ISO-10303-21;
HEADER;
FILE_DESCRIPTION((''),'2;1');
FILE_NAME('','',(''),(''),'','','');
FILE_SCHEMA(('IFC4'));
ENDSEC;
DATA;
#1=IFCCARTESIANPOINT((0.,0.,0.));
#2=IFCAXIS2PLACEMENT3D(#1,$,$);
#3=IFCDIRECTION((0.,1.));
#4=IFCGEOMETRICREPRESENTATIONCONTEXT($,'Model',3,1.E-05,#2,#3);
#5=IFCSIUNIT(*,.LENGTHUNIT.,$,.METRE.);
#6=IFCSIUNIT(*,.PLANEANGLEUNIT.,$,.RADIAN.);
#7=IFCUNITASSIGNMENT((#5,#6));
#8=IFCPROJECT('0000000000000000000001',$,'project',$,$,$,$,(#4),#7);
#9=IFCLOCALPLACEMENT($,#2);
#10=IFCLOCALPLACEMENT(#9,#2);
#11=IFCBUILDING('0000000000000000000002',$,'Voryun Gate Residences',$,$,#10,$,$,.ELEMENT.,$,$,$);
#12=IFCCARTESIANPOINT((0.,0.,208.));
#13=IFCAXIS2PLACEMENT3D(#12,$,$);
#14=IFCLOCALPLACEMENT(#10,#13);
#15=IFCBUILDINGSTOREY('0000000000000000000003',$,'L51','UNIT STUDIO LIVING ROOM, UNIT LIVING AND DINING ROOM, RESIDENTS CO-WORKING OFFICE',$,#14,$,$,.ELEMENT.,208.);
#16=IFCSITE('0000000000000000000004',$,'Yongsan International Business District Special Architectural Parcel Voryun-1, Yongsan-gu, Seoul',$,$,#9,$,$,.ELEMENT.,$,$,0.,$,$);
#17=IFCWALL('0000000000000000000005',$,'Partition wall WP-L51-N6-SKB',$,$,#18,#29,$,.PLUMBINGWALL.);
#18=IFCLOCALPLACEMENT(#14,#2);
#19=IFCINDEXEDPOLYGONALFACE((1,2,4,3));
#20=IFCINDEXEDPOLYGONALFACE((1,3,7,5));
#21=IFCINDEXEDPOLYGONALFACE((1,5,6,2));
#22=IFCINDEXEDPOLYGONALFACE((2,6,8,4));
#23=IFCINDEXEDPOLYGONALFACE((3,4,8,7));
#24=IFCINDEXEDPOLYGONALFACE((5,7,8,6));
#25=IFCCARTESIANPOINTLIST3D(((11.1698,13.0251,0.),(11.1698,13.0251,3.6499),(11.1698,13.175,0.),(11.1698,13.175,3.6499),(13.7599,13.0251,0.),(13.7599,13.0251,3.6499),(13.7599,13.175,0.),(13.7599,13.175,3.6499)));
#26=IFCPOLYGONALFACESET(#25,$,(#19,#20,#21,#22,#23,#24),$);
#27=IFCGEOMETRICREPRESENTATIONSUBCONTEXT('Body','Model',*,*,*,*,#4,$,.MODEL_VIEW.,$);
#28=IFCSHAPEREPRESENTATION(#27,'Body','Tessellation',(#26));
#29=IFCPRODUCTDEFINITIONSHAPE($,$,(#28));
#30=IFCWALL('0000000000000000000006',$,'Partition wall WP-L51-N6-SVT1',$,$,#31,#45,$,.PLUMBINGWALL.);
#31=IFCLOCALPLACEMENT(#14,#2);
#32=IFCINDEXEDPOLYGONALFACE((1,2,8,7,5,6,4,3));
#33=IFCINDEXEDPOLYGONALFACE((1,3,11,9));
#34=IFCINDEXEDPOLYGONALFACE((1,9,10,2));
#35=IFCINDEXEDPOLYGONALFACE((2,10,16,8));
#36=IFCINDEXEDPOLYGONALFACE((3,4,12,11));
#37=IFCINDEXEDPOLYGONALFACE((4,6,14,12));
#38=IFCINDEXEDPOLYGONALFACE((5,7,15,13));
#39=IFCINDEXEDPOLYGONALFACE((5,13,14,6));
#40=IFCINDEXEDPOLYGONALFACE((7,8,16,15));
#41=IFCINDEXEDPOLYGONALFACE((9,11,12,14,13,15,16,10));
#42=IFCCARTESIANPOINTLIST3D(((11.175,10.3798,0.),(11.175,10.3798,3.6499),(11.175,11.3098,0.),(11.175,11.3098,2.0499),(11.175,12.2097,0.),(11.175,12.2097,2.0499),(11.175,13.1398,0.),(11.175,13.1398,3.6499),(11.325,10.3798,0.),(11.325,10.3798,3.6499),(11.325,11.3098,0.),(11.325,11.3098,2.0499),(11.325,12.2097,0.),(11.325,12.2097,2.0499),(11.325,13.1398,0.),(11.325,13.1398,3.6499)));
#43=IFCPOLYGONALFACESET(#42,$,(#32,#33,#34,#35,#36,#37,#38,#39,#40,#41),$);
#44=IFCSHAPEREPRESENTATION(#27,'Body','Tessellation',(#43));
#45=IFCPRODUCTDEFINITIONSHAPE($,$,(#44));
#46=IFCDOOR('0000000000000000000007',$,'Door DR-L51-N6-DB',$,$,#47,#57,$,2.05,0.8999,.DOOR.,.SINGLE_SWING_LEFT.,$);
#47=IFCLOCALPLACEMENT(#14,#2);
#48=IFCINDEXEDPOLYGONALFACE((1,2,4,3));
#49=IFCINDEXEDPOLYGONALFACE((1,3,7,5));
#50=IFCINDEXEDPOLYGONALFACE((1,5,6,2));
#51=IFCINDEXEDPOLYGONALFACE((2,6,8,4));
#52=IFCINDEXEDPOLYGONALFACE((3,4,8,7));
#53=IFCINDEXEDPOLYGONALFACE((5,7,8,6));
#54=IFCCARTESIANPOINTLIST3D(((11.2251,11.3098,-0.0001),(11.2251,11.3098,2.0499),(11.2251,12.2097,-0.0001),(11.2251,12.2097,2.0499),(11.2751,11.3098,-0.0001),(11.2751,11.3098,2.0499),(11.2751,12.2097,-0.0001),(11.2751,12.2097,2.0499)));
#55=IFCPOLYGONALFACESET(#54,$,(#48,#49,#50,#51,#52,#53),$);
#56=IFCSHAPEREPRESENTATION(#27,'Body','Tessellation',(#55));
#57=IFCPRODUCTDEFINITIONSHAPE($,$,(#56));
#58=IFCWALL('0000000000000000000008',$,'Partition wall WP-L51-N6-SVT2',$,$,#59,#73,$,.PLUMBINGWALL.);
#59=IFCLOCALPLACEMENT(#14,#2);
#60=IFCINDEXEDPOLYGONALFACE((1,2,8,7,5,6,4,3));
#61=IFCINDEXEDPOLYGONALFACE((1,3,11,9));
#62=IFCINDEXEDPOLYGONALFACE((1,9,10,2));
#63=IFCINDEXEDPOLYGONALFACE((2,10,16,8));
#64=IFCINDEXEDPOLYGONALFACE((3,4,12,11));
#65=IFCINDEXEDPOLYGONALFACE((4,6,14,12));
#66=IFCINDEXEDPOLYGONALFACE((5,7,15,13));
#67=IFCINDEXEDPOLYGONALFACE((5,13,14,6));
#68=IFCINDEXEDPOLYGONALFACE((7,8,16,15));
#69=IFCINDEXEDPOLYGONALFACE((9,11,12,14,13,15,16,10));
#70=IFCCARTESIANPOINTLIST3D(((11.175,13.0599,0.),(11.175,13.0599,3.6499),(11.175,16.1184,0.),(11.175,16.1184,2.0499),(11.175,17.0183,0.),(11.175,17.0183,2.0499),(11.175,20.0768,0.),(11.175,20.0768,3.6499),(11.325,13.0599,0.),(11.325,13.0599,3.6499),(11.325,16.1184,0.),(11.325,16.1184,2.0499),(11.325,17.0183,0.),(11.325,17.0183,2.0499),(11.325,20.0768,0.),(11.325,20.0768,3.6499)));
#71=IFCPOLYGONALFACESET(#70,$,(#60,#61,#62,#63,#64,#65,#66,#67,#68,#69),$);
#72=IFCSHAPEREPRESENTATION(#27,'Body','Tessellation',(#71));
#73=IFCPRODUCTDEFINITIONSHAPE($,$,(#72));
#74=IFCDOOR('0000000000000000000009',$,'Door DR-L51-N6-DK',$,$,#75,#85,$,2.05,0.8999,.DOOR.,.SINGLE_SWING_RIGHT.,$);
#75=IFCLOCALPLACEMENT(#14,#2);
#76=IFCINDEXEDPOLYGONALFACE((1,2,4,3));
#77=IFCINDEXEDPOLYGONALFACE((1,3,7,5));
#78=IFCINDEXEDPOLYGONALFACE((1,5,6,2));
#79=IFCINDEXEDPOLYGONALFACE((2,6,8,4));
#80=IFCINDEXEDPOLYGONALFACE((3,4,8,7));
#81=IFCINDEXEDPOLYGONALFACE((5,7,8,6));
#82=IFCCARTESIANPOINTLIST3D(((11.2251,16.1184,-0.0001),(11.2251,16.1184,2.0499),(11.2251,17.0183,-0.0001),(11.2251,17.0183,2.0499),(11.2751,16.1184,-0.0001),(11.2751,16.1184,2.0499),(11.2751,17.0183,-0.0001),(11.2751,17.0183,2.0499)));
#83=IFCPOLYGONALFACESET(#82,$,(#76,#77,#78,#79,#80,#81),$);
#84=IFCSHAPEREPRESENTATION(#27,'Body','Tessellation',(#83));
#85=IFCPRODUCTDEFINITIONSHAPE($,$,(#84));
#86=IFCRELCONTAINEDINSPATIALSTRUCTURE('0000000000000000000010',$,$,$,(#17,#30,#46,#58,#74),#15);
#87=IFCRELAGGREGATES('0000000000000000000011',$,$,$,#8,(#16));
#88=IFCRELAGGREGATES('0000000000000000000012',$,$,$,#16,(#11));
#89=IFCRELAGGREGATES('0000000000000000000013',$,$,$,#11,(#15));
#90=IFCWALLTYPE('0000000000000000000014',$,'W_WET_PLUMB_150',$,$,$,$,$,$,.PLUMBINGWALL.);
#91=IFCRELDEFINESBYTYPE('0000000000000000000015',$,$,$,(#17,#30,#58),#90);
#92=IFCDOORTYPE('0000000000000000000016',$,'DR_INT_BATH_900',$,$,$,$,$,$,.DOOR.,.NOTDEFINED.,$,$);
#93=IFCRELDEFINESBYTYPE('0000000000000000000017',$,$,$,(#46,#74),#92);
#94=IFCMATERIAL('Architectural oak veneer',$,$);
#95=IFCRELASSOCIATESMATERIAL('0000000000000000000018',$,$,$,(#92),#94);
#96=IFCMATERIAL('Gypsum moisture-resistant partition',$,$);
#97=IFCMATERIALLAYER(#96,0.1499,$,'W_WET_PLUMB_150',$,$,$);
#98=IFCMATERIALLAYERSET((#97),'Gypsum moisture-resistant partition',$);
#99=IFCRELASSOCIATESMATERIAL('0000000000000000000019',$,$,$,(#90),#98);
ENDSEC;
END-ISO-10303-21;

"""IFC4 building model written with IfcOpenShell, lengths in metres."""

from ifc_helpers import new_model, si_unit, direction, frame, frame_2d, origin, place, context, subcontext, project, spatial, rectangle, extrude, material, layer, layer_set, type_object, element, fill, save


model = new_model("IFC4")

# Units and contexts
model_context = context("Model", 3, precision=1e-05, world=origin(), true_north=direction((0.0, 1.0)))
body_context = subcontext(model_context, "Body", "Model", "MODEL_VIEW")
ifc_project = project(units=[si_unit("LENGTHUNIT", "METRE"), si_unit("PLANEANGLEUNIT", "RADIAN")], contexts=[model_context])

# Site, building, storey
site_placement = place(None, origin())
site = spatial("IfcSite", under=ifc_project, at=site_placement, Name="Yongsan International Business District Special Architectural Parcel Voryun-1, Yongsan-gu, Seoul", CompositionType="ELEMENT", RefElevation=0.0)
building_placement = place(site_placement, origin())
building = spatial("IfcBuilding", under=site, at=building_placement, Name="Voryun Gate Residences", CompositionType="ELEMENT")
storey_placement = place(building_placement, frame((0.0, 0.0, 208.0)))
storey = spatial("IfcBuildingStorey", under=building, at=storey_placement, Name="L51", Description="UNIT STUDIO LIVING ROOM, UNIT LIVING AND DINING ROOM, RESIDENTS CO-WORKING OFFICE", CompositionType="ELEMENT", Elevation=208.0)

# Shared definitions
ifc_material_1 = material(Name="Architectural oak veneer")
door_type_1 = type_object("IfcDoorType", Name="DR_INT_BATH_900", OperationType="NOTDEFINED", PredefinedType="DOOR", material=ifc_material_1)

# Shared definitions
ifc_material_2 = material(Name="Gypsum moisture-resistant partition")
ifc_layer_1 = layer(ifc_material_2, 0.1499, Name="W_WET_PLUMB_150")
ifc_layer_set_1 = layer_set([ifc_layer_1], Name="Gypsum moisture-resistant partition")
wall_type_1 = type_object("IfcWallType", Name="W_WET_PLUMB_150", PredefinedType="PLUMBINGWALL", material=ifc_layer_set_1)

# Wall
wall_1_placement = place(storey_placement, frame((11.1699, 13.1001, 0.0), z_axis=(0.0, 0.0, 1.0), x_axis=(1.0, 0.0, 0.0)))
element("IfcWall", 1, at=wall_1_placement, inside=storey, type_object=wall_type_1, Name="Partition wall WP-L51-N6-SKB", PredefinedType="PLUMBINGWALL", context=body_context, shape_type="SweptSolid", body=[
    extrude(rectangle(XDim=2.5901, YDim=0.1499, at=frame_2d((1.2949, 0.0))), origin(), (0.0, 0.0, 1.0), 3.6499),
])

# Walls, openings, doors
wall_2_placement = place(storey_placement, frame((11.25, 10.3799, 0.0), z_axis=(0.0, 0.0, 1.0), x_axis=(0.0, 1.0, 0.0)))
wall_2 = element("IfcWall", 2, at=wall_2_placement, inside=storey, type_object=wall_type_1, Name="Partition wall WP-L51-N6-SVT1", PredefinedType="PLUMBINGWALL", context=body_context, shape_type="SweptSolid", body=[
    extrude(rectangle(XDim=2.76, YDim=0.1499, at=frame_2d((1.3799, 0.0))), origin(), (0.0, 0.0, 1.0), 3.6499),
])
opening_1_placement = place(wall_2_placement, frame((0.9299, 0.0, 0.0)))
opening_1 = element("IfcOpeningElement", 3, at=opening_1_placement, cuts=wall_2, PredefinedType="OPENING", context=body_context, shape_type="SweptSolid", body=[
    extrude(rectangle(XDim=0.8999, YDim=2.05, at=frame_2d((0.45, 1.0249))), frame((0.0, 0.085, 0.0), z_axis=(0.0, -1.0, 0.0), x_axis=(1.0, 0.0, 0.0)), (0.0, 0.0, 1.0), 0.1699),
])
door_1_placement = place(opening_1_placement, origin())
door_1 = element("IfcDoor", 4, at=door_1_placement, inside=storey, type_object=door_type_1, Name="Door DR-L51-N6-DB", OperationType="SINGLE_SWING_LEFT", OverallHeight=2.05, OverallWidth=0.8999, PredefinedType="DOOR", context=body_context, shape_type="SweptSolid", body=[
    extrude(rectangle(XDim=0.8999, YDim=2.05, at=frame_2d((0.45, 1.0249))), frame((0.0, 0.0249, 0.0), z_axis=(0.0, -1.0, 0.0), x_axis=(1.0, 0.0, 0.0)), (0.0, 0.0, 1.0), 0.05),
])
fill(opening_1, door_1)
wall_3_placement = place(storey_placement, frame((11.25, 13.0601, 0.0), z_axis=(0.0, 0.0, 1.0), x_axis=(0.0, 1.0, 0.0)))
wall_3 = element("IfcWall", 5, at=wall_3_placement, inside=storey, type_object=wall_type_1, Name="Partition wall WP-L51-N6-SVT2", PredefinedType="PLUMBINGWALL", context=body_context, shape_type="SweptSolid", body=[
    extrude(rectangle(XDim=7.0168, YDim=0.1499, at=frame_2d((3.5083, 0.0))), origin(), (0.0, 0.0, 1.0), 3.6499),
])
opening_2_placement = place(wall_3_placement, frame((3.0583, 0.0, 0.0)))
opening_2 = element("IfcOpeningElement", 6, at=opening_2_placement, cuts=wall_3, PredefinedType="OPENING", context=body_context, shape_type="SweptSolid", body=[
    extrude(rectangle(XDim=0.8999, YDim=2.05, at=frame_2d((0.45, 1.0249))), frame((0.0, 0.085, 0.0), z_axis=(0.0, -1.0, 0.0), x_axis=(1.0, 0.0, 0.0)), (0.0, 0.0, 1.0), 0.1699),
])
door_2_placement = place(opening_2_placement, origin())
door_2 = element("IfcDoor", 7, at=door_2_placement, inside=storey, type_object=door_type_1, Name="Door DR-L51-N6-DK", OperationType="SINGLE_SWING_RIGHT", OverallHeight=2.05, OverallWidth=0.8999, PredefinedType="DOOR", context=body_context, shape_type="SweptSolid", body=[
    extrude(rectangle(XDim=0.8999, YDim=2.05, at=frame_2d((0.45, 1.0249))), frame((0.0, 0.0249, 0.0), z_axis=(0.0, -1.0, 0.0), x_axis=(1.0, 0.0, 0.0)), (0.0, 0.0, 1.0), 0.05),
])
fill(opening_2, door_2)

save(model, "model.ifc")
